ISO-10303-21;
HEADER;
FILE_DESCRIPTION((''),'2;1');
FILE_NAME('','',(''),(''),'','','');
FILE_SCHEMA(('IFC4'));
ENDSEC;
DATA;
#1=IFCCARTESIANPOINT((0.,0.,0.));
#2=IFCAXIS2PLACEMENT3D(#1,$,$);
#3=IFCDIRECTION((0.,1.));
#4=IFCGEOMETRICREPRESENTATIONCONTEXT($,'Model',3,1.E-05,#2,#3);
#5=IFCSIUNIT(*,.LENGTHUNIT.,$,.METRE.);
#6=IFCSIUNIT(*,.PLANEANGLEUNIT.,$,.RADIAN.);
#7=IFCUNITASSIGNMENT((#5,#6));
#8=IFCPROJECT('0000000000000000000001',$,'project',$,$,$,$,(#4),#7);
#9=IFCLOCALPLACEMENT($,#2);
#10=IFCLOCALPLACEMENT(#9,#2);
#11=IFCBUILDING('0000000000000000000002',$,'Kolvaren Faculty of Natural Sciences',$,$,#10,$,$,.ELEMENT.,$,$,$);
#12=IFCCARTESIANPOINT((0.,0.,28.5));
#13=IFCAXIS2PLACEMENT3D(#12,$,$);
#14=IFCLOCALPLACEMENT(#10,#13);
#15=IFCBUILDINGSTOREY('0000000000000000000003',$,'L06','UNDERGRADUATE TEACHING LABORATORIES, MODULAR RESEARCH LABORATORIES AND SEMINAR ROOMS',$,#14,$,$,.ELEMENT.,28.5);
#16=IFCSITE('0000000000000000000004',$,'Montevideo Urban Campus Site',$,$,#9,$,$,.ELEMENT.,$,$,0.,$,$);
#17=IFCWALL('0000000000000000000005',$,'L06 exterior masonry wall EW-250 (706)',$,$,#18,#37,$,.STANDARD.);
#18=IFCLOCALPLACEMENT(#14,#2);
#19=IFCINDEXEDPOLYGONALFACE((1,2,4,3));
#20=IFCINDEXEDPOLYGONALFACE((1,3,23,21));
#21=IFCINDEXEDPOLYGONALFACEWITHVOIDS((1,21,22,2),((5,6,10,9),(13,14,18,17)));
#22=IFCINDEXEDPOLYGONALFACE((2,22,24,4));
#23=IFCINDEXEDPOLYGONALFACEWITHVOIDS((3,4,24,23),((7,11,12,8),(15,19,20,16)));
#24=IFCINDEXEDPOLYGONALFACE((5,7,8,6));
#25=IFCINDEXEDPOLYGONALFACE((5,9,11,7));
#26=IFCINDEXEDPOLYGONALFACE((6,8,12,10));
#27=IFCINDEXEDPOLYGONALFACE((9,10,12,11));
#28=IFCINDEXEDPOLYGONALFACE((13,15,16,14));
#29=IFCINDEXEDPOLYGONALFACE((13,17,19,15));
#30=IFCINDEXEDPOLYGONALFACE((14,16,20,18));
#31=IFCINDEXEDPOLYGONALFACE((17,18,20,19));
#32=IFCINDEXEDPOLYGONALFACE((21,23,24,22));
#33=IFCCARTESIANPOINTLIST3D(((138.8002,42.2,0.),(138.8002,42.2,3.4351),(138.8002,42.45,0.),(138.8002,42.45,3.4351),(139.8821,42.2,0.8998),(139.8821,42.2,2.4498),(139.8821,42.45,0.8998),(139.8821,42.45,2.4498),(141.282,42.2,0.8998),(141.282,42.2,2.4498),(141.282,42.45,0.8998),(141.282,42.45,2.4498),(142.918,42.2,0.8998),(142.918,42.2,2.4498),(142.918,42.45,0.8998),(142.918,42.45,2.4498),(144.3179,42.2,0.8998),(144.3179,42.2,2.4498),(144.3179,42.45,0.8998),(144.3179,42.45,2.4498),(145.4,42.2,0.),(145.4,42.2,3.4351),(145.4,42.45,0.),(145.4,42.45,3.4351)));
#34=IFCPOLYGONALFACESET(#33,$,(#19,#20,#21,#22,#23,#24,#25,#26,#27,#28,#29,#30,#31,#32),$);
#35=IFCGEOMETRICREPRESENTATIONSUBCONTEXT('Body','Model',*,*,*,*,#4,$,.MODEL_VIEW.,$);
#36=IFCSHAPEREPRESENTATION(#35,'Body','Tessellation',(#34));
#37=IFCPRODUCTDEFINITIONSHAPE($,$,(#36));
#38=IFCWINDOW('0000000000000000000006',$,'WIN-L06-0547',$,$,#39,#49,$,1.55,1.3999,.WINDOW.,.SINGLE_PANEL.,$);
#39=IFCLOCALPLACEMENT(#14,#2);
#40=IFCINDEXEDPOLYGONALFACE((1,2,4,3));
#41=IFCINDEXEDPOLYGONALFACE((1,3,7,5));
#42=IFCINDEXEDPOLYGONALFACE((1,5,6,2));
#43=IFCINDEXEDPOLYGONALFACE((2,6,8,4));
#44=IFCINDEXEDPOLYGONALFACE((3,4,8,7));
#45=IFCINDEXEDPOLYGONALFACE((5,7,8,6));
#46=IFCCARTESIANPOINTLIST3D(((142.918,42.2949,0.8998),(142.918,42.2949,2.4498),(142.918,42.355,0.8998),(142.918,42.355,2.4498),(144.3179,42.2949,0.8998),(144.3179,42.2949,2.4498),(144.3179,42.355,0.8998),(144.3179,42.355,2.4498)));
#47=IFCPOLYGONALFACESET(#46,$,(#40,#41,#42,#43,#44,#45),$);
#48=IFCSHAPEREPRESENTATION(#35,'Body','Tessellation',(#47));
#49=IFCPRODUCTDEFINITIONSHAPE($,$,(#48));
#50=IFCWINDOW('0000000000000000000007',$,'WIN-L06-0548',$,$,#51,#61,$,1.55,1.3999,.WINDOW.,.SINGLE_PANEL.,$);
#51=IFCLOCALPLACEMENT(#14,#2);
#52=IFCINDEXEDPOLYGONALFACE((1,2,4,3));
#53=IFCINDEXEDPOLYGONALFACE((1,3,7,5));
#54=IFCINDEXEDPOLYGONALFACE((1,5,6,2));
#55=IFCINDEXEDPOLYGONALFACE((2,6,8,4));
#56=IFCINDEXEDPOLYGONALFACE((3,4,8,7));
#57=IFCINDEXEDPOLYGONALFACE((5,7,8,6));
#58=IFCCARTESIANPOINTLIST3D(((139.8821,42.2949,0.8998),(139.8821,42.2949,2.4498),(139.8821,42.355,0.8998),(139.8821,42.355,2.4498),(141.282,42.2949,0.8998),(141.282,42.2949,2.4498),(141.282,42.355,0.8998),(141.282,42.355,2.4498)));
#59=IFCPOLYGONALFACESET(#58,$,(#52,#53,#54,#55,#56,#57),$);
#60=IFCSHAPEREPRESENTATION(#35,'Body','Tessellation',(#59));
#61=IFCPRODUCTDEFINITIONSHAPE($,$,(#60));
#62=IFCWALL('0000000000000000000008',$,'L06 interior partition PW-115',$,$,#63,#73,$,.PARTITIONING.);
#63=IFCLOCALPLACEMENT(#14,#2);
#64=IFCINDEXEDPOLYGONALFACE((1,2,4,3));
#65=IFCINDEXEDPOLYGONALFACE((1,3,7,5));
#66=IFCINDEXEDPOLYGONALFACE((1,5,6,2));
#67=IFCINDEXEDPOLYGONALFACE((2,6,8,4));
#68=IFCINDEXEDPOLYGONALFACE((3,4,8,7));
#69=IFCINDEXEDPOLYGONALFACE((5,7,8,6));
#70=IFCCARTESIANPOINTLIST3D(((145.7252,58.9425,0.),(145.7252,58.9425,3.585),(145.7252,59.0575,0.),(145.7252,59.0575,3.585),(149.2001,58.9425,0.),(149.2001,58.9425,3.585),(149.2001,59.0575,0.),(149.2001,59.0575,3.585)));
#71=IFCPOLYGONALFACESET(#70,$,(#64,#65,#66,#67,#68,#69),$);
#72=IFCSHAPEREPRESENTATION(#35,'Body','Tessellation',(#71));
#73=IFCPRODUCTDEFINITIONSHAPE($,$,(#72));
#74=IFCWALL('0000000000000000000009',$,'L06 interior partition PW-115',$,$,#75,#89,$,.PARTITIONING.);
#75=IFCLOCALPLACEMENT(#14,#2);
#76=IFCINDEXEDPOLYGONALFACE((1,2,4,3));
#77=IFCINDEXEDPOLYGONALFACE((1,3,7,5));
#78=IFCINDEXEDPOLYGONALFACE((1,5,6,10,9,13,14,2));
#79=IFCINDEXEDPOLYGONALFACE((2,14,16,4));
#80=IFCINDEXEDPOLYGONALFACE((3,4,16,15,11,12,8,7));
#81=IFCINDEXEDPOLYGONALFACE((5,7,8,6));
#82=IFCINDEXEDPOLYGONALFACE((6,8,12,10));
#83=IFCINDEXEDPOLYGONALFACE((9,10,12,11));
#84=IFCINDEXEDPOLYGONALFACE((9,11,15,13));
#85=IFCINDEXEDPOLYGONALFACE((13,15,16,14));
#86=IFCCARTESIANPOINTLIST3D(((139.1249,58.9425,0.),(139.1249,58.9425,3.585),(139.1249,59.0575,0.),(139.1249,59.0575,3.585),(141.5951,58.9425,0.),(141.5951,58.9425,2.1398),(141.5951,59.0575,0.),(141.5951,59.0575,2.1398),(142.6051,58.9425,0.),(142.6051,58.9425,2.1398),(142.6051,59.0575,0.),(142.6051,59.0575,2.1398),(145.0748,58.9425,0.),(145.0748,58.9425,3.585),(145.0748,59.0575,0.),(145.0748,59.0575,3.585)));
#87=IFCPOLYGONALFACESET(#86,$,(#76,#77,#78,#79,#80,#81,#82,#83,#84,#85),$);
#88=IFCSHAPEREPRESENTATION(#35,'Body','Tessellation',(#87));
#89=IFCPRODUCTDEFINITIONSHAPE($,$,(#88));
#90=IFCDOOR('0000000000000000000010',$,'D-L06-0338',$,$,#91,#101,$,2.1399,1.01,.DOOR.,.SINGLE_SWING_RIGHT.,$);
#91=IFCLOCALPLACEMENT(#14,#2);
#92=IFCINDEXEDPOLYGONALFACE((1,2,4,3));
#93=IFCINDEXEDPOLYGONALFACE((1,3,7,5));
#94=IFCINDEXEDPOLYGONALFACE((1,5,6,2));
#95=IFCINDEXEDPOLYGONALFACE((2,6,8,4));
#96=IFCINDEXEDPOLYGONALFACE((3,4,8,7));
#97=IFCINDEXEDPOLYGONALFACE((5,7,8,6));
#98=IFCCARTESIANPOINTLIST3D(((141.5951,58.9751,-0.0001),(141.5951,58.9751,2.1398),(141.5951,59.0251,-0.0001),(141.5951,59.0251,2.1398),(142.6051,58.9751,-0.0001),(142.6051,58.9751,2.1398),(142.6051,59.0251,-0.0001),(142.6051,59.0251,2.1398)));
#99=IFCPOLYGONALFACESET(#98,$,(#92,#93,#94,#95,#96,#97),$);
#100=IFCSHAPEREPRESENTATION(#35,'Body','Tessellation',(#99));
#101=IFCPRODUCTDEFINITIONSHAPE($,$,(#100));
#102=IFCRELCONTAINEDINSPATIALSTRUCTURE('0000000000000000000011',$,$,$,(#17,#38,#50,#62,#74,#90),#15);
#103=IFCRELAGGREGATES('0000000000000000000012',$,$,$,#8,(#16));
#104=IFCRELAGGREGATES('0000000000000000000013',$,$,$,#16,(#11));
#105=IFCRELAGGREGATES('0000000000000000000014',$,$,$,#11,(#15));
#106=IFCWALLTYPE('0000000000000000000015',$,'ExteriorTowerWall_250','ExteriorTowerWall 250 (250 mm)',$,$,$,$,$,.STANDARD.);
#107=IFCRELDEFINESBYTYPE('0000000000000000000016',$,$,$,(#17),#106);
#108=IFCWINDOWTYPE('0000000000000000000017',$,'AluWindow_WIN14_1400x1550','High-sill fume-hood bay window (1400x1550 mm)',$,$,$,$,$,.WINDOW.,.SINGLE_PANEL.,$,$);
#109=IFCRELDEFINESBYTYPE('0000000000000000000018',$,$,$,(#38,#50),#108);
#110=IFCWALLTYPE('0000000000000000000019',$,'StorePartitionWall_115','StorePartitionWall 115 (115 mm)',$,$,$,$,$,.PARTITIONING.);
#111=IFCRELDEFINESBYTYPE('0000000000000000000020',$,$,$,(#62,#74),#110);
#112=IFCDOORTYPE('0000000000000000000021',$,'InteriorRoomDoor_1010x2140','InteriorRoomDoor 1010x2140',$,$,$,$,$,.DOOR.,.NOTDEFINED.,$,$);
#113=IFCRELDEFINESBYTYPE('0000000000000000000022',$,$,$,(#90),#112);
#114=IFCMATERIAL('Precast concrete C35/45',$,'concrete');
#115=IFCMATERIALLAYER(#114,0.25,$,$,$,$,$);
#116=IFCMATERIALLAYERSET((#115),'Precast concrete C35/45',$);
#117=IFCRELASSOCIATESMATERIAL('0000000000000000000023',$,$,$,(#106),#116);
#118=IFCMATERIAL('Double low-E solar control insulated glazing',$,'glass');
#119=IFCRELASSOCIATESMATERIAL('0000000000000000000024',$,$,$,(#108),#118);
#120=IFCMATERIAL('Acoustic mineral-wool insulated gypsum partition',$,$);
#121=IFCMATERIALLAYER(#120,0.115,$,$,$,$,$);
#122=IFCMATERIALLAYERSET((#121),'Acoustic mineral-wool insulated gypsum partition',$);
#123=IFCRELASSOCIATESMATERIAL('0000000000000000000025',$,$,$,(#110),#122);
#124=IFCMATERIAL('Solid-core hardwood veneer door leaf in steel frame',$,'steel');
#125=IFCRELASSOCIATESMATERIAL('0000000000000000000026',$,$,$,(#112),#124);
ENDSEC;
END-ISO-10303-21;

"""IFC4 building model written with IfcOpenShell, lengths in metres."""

from ifc_helpers import new_model, si_unit, direction, frame, frame_2d, origin, place, context, subcontext, project, spatial, rectangle, extrude, material, layer, layer_set, type_object, element, fill, save


model = new_model("IFC4")

# Units and contexts
model_context = context("Model", 3, precision=1e-05, world=origin(), true_north=direction((0.0, 1.0)))
body_context = subcontext(model_context, "Body", "Model", "MODEL_VIEW")
ifc_project = project(units=[si_unit("LENGTHUNIT", "METRE"), si_unit("PLANEANGLEUNIT", "RADIAN")], contexts=[model_context])

# Site, building, storey
site_placement = place(None, origin())
site = spatial("IfcSite", under=ifc_project, at=site_placement, Name="Montevideo Urban Campus Site", CompositionType="ELEMENT", RefElevation=0.0)
building_placement = place(site_placement, origin())
building = spatial("IfcBuilding", under=site, at=building_placement, Name="Kolvaren Faculty of Natural Sciences", CompositionType="ELEMENT")
storey_placement = place(building_placement, frame((0.0, 0.0, 28.5)))
storey = spatial("IfcBuildingStorey", under=building, at=storey_placement, Name="L06", Description="UNDERGRADUATE TEACHING LABORATORIES, MODULAR RESEARCH LABORATORIES AND SEMINAR ROOMS", CompositionType="ELEMENT", Elevation=28.5)

# Shared definitions
ifc_material_1 = material(Name="Precast concrete C35/45", Category="concrete")
ifc_layer_1 = layer(ifc_material_1, 0.25)
ifc_layer_set_1 = layer_set([ifc_layer_1], Name="Precast concrete C35/45")
wall_type_1 = type_object("IfcWallType", Name="ExteriorTowerWall_250", Description="ExteriorTowerWall 250 (250 mm)", PredefinedType="STANDARD", material=ifc_layer_set_1)
ifc_material_2 = material(Name="Double low-E solar control insulated glazing", Category="glass")

# Wall, openings, windows
wall_1_placement = place(storey_placement, frame((145.3999, 42.325, 0.0), z_axis=(0.0, 0.0, 1.0), x_axis=(-1.0, 0.0, 0.0)))
wall_1 = element("IfcWall", 1, at=wall_1_placement, inside=storey, type_object=wall_type_1, Name="L06 exterior masonry wall EW-250 (706)", PredefinedType="STANDARD", context=body_context, shape_type="SweptSolid", body=[
    extrude(rectangle(XDim=6.5999, YDim=0.25, at=frame_2d((3.2998, 0.0))), origin(), (0.0, 0.0, 1.0), 3.4351),
])
opening_1_placement = place(wall_1_placement, frame((1.082, 0.0, 0.8999)))
opening_1 = element("IfcOpeningElement", 2, at=opening_1_placement, cuts=wall_1, PredefinedType="OPENING", context=body_context, shape_type="SweptSolid", body=[
    extrude(rectangle(XDim=1.3999, YDim=1.55, at=frame_2d((0.7, 0.7749))), frame((0.0, 0.135, 0.0), z_axis=(0.0, -1.0, 0.0), x_axis=(1.0, 0.0, 0.0)), (0.0, 0.0, 1.0), 0.27),
])
opening_2_placement = place(wall_1_placement, frame((4.1179, 0.0, 0.8999)))
opening_2 = element("IfcOpeningElement", 3, at=opening_2_placement, cuts=wall_1, PredefinedType="OPENING", context=body_context, shape_type="SweptSolid", body=[
    extrude(rectangle(XDim=1.3999, YDim=1.55, at=frame_2d((0.7, 0.7749))), frame((0.0, 0.135, 0.0), z_axis=(0.0, -1.0, 0.0), x_axis=(1.0, 0.0, 0.0)), (0.0, 0.0, 1.0), 0.27),
])
window_type_1 = type_object("IfcWindowType", Name="AluWindow_WIN14_1400x1550", Description="High-sill fume-hood bay window (1400x1550 mm)", PartitioningType="SINGLE_PANEL", PredefinedType="WINDOW", material=ifc_material_2)
window_1_placement = place(opening_1_placement, origin())
window_1 = element("IfcWindow", 4, at=window_1_placement, inside=storey, type_object=window_type_1, Name="WIN-L06-0547", OverallHeight=1.55, OverallWidth=1.3999, PartitioningType="SINGLE_PANEL", PredefinedType="WINDOW", context=body_context, shape_type="SweptSolid", body=[
    extrude(rectangle(XDim=1.3999, YDim=1.55, at=frame_2d((0.7, 0.7749))), frame((0.0, 0.03, 0.0), z_axis=(0.0, -1.0, 0.0), x_axis=(1.0, 0.0, 0.0)), (0.0, 0.0, 1.0), 0.0601),
])
fill(opening_1, window_1)
window_2_placement = place(opening_2_placement, origin())
window_2 = element("IfcWindow", 5, at=window_2_placement, inside=storey, type_object=window_type_1, Name="WIN-L06-0548", OverallHeight=1.55, OverallWidth=1.3999, PartitioningType="SINGLE_PANEL", PredefinedType="WINDOW", context=body_context, shape_type="SweptSolid", body=[
    extrude(rectangle(XDim=1.3999, YDim=1.55, at=frame_2d((0.7, 0.7749))), frame((0.0, 0.03, 0.0), z_axis=(0.0, -1.0, 0.0), x_axis=(1.0, 0.0, 0.0)), (0.0, 0.0, 1.0), 0.0601),
])
fill(opening_2, window_2)

# Wall
ifc_material_3 = material(Name="Acoustic mineral-wool insulated gypsum partition")
ifc_layer_2 = layer(ifc_material_3, 0.115)
ifc_layer_set_2 = layer_set([ifc_layer_2], Name="Acoustic mineral-wool insulated gypsum partition")
wall_type_2 = type_object("IfcWallType", Name="StorePartitionWall_115", Description="StorePartitionWall 115 (115 mm)", PredefinedType="PARTITIONING", material=ifc_layer_set_2)
wall_2_placement = place(storey_placement, frame((149.2, 59.0, 0.0), z_axis=(0.0, 0.0, 1.0), x_axis=(-1.0, 0.0, 0.0)))
element("IfcWall", 6, at=wall_2_placement, inside=storey, type_object=wall_type_2, Name="L06 interior partition PW-115", PredefinedType="PARTITIONING", context=body_context, shape_type="SweptSolid", body=[
    extrude(rectangle(XDim=3.4749, YDim=0.115, at=frame_2d((1.7373, 0.0))), origin(), (0.0, 0.0, 1.0), 3.585),
])

# Wall, opening, door
wall_3_placement = place(storey_placement, frame((145.075, 59.0, 0.0), z_axis=(0.0, 0.0, 1.0), x_axis=(-1.0, 0.0, 0.0)))
wall_3 = element("IfcWall", 7, at=wall_3_placement, inside=storey, type_object=wall_type_2, Name="L06 interior partition PW-115", PredefinedType="PARTITIONING", context=body_context, shape_type="SweptSolid", body=[
    extrude(rectangle(XDim=5.95, YDim=0.115, at=frame_2d((2.9751, 0.0))), origin(), (0.0, 0.0, 1.0), 3.585),
])
opening_3_placement = place(wall_3_placement, frame((2.47, 0.0, 0.0)))
opening_3 = element("IfcOpeningElement", 8, at=opening_3_placement, cuts=wall_3, PredefinedType="OPENING", context=body_context, shape_type="SweptSolid", body=[
    extrude(rectangle(XDim=1.01, YDim=2.1399, at=frame_2d((0.5049, 1.0698))), frame((0.0, 0.0674, 0.0), z_axis=(0.0, -1.0, 0.0), x_axis=(1.0, 0.0, 0.0)), (0.0, 0.0, 1.0), 0.135),
])
ifc_material_4 = material(Name="Solid-core hardwood veneer door leaf in steel frame", Category="steel")
door_type = type_object("IfcDoorType", Name="InteriorRoomDoor_1010x2140", Description="InteriorRoomDoor 1010x2140", OperationType="NOTDEFINED", PredefinedType="DOOR", material=ifc_material_4)
door_placement = place(opening_3_placement, origin())
door = element("IfcDoor", 9, at=door_placement, inside=storey, type_object=door_type, Name="D-L06-0338", OperationType="SINGLE_SWING_RIGHT", OverallHeight=2.1399, OverallWidth=1.01, PredefinedType="DOOR", context=body_context, shape_type="SweptSolid", body=[
    extrude(rectangle(XDim=1.01, YDim=2.1399, at=frame_2d((0.5049, 1.0698))), frame((0.0, 0.0249, 0.0), z_axis=(0.0, -1.0, 0.0), x_axis=(1.0, 0.0, 0.0)), (0.0, 0.0, 1.0), 0.05),
])
fill(opening_3, door)

save(model, "model.ifc")
